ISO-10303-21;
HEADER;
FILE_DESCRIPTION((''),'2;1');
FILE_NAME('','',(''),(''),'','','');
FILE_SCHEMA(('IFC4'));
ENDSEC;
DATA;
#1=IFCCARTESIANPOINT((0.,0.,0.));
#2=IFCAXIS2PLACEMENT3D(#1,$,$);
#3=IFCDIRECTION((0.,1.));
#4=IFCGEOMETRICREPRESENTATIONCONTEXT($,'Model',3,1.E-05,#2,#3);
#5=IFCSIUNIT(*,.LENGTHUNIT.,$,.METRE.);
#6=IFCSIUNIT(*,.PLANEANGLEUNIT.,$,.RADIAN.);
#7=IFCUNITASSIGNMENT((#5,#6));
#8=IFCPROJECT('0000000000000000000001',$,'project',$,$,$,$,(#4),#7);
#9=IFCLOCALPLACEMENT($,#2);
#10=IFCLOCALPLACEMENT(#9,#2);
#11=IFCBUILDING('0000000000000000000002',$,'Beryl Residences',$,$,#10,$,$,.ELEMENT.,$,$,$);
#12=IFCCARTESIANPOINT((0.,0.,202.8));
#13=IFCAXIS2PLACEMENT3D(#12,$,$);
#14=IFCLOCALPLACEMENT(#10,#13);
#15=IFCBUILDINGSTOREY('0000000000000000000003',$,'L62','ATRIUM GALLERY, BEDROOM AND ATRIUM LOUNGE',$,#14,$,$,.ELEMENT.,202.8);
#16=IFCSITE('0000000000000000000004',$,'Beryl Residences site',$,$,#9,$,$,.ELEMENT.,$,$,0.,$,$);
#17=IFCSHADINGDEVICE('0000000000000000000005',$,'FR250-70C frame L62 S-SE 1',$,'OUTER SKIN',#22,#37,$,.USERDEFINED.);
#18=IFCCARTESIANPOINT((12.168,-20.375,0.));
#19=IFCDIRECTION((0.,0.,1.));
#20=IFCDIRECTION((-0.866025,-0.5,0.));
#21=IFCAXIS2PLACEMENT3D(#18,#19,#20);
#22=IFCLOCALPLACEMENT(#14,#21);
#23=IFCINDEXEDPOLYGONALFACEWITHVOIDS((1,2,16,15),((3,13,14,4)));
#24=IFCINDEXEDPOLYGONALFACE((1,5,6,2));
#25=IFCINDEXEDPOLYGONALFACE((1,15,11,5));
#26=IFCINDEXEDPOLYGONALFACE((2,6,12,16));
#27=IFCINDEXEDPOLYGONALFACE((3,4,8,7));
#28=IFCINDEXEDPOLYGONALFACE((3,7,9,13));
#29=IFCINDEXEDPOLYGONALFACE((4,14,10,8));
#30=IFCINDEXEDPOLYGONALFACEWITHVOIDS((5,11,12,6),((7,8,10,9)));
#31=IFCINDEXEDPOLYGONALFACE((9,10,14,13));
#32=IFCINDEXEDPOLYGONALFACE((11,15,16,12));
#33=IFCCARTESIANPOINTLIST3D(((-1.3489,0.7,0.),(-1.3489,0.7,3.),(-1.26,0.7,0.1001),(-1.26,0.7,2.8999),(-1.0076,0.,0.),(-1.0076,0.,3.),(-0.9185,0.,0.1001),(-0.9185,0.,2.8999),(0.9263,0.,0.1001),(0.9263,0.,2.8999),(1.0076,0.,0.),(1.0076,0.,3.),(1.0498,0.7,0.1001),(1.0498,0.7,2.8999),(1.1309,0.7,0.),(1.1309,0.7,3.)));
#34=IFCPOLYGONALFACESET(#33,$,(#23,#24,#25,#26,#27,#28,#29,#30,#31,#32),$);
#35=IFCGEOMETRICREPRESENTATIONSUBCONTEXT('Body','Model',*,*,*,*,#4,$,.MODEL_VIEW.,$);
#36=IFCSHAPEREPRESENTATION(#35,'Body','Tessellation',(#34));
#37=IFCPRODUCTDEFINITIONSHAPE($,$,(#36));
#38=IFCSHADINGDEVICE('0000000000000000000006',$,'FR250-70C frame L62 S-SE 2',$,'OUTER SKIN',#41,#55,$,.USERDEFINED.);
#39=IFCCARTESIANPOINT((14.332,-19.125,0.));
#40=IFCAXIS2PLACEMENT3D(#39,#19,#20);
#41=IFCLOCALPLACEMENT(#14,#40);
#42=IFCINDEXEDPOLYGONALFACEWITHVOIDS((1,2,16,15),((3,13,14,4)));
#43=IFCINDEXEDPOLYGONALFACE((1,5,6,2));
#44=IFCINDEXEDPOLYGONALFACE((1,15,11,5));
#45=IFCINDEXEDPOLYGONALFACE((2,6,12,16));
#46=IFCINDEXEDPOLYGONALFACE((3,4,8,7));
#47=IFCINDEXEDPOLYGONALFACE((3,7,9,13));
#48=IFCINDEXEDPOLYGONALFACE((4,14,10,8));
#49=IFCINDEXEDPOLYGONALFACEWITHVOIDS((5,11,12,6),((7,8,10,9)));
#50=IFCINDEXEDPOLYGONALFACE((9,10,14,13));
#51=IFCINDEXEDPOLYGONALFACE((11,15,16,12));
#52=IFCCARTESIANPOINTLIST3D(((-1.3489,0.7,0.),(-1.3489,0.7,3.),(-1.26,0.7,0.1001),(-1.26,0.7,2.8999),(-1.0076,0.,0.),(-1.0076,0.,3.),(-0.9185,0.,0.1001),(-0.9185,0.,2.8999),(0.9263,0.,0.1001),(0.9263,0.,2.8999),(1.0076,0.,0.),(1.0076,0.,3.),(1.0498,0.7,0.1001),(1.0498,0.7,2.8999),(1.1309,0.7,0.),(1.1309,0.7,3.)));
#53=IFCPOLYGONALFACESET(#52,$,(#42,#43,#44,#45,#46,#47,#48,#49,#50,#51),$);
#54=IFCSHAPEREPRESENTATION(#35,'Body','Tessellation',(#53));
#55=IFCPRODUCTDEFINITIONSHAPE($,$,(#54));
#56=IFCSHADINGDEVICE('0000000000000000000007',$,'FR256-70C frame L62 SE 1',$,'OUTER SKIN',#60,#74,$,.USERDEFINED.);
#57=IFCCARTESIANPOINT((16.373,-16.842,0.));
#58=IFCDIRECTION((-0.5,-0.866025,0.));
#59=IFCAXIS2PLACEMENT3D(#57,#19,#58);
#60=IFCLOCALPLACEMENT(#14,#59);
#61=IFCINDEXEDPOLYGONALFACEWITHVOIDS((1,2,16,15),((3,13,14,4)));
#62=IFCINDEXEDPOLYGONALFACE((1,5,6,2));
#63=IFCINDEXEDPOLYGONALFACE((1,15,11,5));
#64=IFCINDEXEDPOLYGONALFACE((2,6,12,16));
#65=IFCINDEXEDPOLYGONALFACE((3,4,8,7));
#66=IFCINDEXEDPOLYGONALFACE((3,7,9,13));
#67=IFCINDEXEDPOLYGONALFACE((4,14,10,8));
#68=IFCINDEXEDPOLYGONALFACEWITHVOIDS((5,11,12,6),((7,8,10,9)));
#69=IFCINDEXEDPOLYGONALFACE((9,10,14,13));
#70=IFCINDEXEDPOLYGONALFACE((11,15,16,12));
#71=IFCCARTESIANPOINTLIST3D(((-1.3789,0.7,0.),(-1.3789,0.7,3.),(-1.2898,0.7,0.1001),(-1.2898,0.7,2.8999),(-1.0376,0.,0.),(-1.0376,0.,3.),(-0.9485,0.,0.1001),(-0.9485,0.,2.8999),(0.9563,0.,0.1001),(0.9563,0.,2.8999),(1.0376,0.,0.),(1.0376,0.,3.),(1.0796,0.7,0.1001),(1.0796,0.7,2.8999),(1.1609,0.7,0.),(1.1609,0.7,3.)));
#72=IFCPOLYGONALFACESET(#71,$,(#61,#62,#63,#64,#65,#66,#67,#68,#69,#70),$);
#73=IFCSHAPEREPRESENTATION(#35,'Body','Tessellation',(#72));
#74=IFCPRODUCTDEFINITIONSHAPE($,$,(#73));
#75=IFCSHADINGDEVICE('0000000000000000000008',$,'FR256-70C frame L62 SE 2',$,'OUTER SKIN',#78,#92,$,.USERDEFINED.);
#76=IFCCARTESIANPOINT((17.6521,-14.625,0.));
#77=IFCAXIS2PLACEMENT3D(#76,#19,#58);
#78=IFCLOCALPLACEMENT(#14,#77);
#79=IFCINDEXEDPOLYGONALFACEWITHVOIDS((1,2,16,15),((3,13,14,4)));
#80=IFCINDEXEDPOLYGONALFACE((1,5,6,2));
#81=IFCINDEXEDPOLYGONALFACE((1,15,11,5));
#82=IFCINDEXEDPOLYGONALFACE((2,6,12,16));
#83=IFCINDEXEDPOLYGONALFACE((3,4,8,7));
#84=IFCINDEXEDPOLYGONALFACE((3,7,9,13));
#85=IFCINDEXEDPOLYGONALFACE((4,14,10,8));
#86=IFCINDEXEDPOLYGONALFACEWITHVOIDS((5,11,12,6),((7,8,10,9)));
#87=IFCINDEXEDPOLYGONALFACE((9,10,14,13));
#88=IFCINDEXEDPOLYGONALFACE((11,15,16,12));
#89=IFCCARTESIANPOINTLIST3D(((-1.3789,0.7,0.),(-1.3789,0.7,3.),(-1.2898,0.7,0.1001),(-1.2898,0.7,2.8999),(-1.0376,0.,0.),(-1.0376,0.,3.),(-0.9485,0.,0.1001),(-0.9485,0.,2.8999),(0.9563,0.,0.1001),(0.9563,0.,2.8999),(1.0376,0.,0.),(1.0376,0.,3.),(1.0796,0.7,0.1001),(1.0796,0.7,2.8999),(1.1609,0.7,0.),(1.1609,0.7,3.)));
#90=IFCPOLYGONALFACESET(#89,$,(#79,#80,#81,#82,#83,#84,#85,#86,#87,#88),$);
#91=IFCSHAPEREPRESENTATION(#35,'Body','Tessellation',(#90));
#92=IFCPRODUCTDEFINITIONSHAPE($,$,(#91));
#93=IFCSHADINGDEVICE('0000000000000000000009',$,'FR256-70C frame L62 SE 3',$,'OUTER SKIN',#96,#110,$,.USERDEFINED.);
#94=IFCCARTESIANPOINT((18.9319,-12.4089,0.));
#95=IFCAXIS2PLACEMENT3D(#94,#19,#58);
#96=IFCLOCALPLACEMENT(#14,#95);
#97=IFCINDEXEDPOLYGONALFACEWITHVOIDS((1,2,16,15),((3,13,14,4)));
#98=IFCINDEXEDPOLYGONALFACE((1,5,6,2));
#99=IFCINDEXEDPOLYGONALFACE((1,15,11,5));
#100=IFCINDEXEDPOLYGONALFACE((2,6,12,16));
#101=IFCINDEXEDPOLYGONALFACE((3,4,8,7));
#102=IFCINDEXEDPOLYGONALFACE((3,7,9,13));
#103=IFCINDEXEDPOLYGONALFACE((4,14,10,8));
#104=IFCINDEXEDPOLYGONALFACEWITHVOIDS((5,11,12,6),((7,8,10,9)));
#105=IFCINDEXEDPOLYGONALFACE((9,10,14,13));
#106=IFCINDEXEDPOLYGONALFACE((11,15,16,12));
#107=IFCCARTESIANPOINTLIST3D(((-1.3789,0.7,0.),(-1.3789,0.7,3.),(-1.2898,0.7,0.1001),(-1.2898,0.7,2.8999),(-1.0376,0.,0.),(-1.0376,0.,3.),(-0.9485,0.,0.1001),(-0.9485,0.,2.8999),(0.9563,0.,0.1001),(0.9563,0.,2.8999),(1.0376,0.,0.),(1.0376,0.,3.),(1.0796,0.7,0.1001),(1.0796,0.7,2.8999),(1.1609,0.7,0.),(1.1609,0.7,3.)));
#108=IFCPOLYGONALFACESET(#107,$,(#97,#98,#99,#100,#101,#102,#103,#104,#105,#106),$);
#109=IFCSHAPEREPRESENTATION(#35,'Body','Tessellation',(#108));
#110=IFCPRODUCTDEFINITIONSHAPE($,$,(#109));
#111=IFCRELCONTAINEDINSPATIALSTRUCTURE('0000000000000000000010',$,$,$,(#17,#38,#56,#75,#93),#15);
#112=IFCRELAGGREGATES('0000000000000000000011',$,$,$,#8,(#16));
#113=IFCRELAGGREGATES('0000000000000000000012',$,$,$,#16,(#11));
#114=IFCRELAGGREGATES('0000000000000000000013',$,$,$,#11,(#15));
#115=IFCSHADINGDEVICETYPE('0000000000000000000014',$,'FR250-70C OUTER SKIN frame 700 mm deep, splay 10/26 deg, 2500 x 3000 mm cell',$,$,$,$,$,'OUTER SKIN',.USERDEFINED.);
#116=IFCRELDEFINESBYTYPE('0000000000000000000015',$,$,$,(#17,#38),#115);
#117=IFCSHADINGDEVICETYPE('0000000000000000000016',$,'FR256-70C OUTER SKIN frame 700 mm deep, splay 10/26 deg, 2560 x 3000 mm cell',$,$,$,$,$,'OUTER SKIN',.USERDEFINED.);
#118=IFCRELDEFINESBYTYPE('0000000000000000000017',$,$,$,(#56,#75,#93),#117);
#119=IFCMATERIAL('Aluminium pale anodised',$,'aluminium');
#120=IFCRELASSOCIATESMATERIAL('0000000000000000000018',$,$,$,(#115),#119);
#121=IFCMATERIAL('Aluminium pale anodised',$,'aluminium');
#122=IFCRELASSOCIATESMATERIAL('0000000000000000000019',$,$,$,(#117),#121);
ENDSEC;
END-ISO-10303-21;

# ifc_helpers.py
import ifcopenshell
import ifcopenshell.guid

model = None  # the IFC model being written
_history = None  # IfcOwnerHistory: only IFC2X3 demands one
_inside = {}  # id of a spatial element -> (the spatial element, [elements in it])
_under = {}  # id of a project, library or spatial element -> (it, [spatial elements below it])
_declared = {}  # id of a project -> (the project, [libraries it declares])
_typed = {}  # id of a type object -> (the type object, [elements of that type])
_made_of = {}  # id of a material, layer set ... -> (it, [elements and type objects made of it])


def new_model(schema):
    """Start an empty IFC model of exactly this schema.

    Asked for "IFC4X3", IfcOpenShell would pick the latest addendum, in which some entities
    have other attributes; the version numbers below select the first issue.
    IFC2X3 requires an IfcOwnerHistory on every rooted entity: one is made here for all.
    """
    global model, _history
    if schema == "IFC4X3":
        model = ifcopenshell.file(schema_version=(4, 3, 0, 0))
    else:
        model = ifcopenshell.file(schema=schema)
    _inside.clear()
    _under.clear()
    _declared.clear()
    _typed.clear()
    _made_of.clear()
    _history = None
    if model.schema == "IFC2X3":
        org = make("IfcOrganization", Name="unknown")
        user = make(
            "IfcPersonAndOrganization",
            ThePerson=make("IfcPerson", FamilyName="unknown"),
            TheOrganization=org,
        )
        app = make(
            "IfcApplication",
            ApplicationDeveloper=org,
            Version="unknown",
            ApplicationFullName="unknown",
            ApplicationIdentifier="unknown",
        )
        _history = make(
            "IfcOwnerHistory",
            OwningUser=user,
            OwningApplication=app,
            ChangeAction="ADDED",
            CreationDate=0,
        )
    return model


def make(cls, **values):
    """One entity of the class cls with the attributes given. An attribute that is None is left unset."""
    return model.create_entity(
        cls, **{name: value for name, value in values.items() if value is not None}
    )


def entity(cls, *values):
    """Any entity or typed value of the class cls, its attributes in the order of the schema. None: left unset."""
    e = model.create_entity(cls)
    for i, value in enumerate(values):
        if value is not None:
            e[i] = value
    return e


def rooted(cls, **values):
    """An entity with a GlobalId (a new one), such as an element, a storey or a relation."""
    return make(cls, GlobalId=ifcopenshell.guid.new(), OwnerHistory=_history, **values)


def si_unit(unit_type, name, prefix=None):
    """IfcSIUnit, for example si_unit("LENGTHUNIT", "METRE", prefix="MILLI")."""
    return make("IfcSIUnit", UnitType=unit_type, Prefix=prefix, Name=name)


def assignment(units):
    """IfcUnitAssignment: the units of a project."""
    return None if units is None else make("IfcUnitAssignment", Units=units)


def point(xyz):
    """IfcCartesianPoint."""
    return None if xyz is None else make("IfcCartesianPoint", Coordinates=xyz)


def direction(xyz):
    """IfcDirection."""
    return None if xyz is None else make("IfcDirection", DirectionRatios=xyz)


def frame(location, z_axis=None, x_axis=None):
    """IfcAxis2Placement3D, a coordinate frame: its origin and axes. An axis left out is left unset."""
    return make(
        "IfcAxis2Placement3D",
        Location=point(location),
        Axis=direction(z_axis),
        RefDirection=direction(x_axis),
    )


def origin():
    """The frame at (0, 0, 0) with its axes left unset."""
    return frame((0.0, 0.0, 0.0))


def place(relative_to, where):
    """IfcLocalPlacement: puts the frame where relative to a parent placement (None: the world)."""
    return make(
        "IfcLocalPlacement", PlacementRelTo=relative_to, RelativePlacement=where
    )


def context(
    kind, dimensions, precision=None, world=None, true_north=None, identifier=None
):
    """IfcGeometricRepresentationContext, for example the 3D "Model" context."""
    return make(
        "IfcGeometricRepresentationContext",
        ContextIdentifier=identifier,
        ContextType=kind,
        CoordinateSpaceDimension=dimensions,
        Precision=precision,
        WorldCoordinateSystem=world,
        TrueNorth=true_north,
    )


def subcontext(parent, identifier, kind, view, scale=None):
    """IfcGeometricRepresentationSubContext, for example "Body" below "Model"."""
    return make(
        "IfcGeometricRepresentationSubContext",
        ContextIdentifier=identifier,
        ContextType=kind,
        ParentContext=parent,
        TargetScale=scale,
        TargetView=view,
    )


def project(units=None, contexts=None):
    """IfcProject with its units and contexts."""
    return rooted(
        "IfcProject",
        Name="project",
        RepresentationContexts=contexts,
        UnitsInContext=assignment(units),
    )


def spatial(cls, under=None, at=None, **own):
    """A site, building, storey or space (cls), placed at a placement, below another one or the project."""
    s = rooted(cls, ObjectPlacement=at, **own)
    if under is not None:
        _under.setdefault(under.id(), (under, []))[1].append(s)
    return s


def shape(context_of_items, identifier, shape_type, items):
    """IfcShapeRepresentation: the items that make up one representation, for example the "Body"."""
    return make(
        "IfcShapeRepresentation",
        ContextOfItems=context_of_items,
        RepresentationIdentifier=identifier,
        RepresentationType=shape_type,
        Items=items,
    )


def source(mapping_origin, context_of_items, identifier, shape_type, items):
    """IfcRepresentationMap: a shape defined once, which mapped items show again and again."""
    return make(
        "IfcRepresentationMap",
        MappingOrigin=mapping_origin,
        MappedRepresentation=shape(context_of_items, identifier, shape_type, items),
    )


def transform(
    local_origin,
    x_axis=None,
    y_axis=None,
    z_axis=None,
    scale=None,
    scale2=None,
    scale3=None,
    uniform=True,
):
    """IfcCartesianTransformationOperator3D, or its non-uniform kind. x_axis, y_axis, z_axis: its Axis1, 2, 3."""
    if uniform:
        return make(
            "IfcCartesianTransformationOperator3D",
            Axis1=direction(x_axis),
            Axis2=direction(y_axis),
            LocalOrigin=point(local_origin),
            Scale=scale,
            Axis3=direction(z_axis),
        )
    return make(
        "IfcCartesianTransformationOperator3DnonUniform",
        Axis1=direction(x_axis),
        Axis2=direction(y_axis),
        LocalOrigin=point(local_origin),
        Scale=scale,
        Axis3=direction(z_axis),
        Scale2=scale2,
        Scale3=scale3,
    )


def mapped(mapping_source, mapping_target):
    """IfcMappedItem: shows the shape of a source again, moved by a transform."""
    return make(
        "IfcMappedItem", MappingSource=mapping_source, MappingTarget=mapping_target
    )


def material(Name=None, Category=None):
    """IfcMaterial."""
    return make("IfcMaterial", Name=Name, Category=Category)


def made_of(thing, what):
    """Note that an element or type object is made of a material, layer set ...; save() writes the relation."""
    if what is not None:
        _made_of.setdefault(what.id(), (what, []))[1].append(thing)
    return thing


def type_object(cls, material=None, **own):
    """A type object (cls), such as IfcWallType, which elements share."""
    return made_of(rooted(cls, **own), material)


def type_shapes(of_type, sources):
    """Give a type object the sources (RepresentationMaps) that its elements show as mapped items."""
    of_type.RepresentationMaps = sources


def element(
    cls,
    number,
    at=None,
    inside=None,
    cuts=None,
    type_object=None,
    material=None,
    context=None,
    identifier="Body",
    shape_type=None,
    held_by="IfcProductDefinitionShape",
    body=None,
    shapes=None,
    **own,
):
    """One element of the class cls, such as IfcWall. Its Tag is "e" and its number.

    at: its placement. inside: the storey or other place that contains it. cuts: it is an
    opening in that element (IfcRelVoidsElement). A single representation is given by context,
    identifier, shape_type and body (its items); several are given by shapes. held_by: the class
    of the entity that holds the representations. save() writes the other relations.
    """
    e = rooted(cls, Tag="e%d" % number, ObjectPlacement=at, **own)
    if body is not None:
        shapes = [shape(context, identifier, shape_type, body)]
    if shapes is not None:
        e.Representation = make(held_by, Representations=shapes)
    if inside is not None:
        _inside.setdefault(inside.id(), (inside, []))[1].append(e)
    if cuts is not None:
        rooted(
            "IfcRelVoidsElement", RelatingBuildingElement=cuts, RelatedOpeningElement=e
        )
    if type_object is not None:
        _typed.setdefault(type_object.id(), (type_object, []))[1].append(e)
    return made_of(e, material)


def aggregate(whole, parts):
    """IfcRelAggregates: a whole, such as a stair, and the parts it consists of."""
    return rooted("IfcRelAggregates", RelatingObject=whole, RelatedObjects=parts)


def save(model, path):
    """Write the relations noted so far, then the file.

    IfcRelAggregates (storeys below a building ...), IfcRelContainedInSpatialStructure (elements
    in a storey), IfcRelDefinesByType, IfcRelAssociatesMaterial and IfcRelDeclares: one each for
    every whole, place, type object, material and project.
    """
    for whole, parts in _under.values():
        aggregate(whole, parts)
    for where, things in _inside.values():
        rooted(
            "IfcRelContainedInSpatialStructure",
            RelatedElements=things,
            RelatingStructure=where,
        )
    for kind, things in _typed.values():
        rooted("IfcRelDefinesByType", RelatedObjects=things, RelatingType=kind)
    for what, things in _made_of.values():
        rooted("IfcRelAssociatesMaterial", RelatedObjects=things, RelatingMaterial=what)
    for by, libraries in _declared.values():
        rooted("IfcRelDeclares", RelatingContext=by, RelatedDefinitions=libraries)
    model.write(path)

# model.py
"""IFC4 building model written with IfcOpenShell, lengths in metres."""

from ifc_helpers import new_model, entity, si_unit, direction, frame, origin, place, context, subcontext, project, spatial, source, transform, mapped, material, type_object, type_shapes, element, save


model = new_model("IFC4")

# Units and contexts
model_context = context("Model", 3, precision=1e-05, world=origin(), true_north=direction((0.0, 1.0)))
body_context = subcontext(model_context, "Body", "Model", "MODEL_VIEW")
ifc_project = project(units=[si_unit("LENGTHUNIT", "METRE"), si_unit("PLANEANGLEUNIT", "RADIAN")], contexts=[model_context])

# Site, building, storey
site_placement = place(None, origin())
site = spatial("IfcSite", under=ifc_project, at=site_placement, Name="Beryl Residences site", CompositionType="ELEMENT", RefElevation=0.0)
building_placement = place(site_placement, origin())
building = spatial("IfcBuilding", under=site, at=building_placement, Name="Beryl Residences", CompositionType="ELEMENT")
storey_placement = place(building_placement, frame((0.0, 0.0, 202.8)))
storey = spatial("IfcBuildingStorey", under=building, at=storey_placement, Name="L62", Description="ATRIUM GALLERY, BEDROOM AND ATRIUM LOUNGE", CompositionType="ELEMENT", Elevation=202.8)

# Shading devices
ifc_material_1 = material(Name="Aluminium pale anodised", Category="aluminium")
shading_device_type_1 = type_object("IfcShadingDeviceType", Name="FR250-70C OUTER SKIN frame 700 mm deep, splay 10/26 deg, 2500 x 3000 mm cell", ElementType="OUTER SKIN", PredefinedType="USERDEFINED", material=ifc_material_1)
cartesian_point_1 = entity("IfcCartesianPoint", [-1.0076, 0.0])
cartesian_point_2 = entity("IfcCartesianPoint", [-0.9263, 0.1001])
cartesian_point_3 = entity("IfcCartesianPoint", [-1.1309, 0.0])
cartesian_point_4 = entity("IfcCartesianPoint", [-1.0498, 0.1001])
shared_shape_1 = source(origin(), body_context, "Body", "SweptSolid", [
    entity("IfcExtrudedAreaSolidTapered", entity("IfcArbitraryProfileDefWithVoids", "AREA", None, entity("IfcPolyline", [cartesian_point_1, entity("IfcCartesianPoint", [1.0076, 0.0]), entity("IfcCartesianPoint", [1.0076, 3.0]), entity("IfcCartesianPoint", [-1.0076, 3.0]), cartesian_point_1]), [entity("IfcPolyline", [cartesian_point_2, entity("IfcCartesianPoint", [0.9185, 0.1001]), entity("IfcCartesianPoint", [0.9185, 2.8999]), entity("IfcCartesianPoint", [-0.9263, 2.8999]), cartesian_point_2])]), entity("IfcAxis2Placement3D", entity("IfcCartesianPoint", [0.0, 0.0, 0.0]), entity("IfcDirection", [0.0, 1.0, 0.0]), entity("IfcDirection", [-1.0, 0.0, 0.0])), entity("IfcDirection", [0.0, 0.0, 1.0]), 0.7, entity("IfcArbitraryProfileDefWithVoids", "AREA", None, entity("IfcPolyline", [cartesian_point_3, entity("IfcCartesianPoint", [1.3489, 0.0]), entity("IfcCartesianPoint", [1.3489, 3.0]), entity("IfcCartesianPoint", [-1.1309, 3.0]), cartesian_point_3]), [entity("IfcPolyline", [cartesian_point_4, entity("IfcCartesianPoint", [1.26, 0.1001]), entity("IfcCartesianPoint", [1.26, 2.8999]), entity("IfcCartesianPoint", [-1.0498, 2.8999]), cartesian_point_4])])),
])
type_shapes(shading_device_type_1, [shared_shape_1])
for number, where, z_axis, x_axis, name in (
    (1, (12.168, -20.375, 0.0), (0.0, 0.0, 1.0), (-0.866025, -0.5, 0.0), "FR250-70C frame L62 S-SE 1"),
    (2, (14.332, -19.125, 0.0), (0.0, 0.0, 1.0), (-0.866025, -0.5, 0.0), "FR250-70C frame L62 S-SE 2"),
):
    element("IfcShadingDevice", number, at=place(storey_placement, frame(where, z_axis=z_axis, x_axis=x_axis)), inside=storey, type_object=shading_device_type_1, Name=name, ObjectType="OUTER SKIN", PredefinedType="USERDEFINED", context=body_context, shape_type="MappedRepresentation", body=[
        mapped(shared_shape_1, transform((0.0, 0.0, 0.0))),
    ])
ifc_material_2 = material(Name="Aluminium pale anodised", Category="aluminium")
shading_device_type_2 = type_object("IfcShadingDeviceType", Name="FR256-70C OUTER SKIN frame 700 mm deep, splay 10/26 deg, 2560 x 3000 mm cell", ElementType="OUTER SKIN", PredefinedType="USERDEFINED", material=ifc_material_2)
cartesian_point_5 = entity("IfcCartesianPoint", [-1.0376, 0.0])
cartesian_point_6 = entity("IfcCartesianPoint", [-0.9563, 0.1001])
cartesian_point_7 = entity("IfcCartesianPoint", [-1.1609, 0.0])
cartesian_point_8 = entity("IfcCartesianPoint", [-1.0796, 0.1001])
shared_shape_2 = source(origin(), body_context, "Body", "SweptSolid", [
    entity("IfcExtrudedAreaSolidTapered", entity("IfcArbitraryProfileDefWithVoids", "AREA", None, entity("IfcPolyline", [cartesian_point_5, entity("IfcCartesianPoint", [1.0376, 0.0]), entity("IfcCartesianPoint", [1.0376, 3.0]), entity("IfcCartesianPoint", [-1.0376, 3.0]), cartesian_point_5]), [entity("IfcPolyline", [cartesian_point_6, entity("IfcCartesianPoint", [0.9485, 0.1001]), entity("IfcCartesianPoint", [0.9485, 2.8999]), entity("IfcCartesianPoint", [-0.9563, 2.8999]), cartesian_point_6])]), entity("IfcAxis2Placement3D", entity("IfcCartesianPoint", [0.0, 0.0, 0.0]), entity("IfcDirection", [0.0, 1.0, 0.0]), entity("IfcDirection", [-1.0, 0.0, 0.0])), entity("IfcDirection", [0.0, 0.0, 1.0]), 0.7, entity("IfcArbitraryProfileDefWithVoids", "AREA", None, entity("IfcPolyline", [cartesian_point_7, entity("IfcCartesianPoint", [1.3789, 0.0]), entity("IfcCartesianPoint", [1.3789, 3.0]), entity("IfcCartesianPoint", [-1.1609, 3.0]), cartesian_point_7]), [entity("IfcPolyline", [cartesian_point_8, entity("IfcCartesianPoint", [1.2898, 0.1001]), entity("IfcCartesianPoint", [1.2898, 2.8999]), entity("IfcCartesianPoint", [-1.0796, 2.8999]), cartesian_point_8])])),
])
type_shapes(shading_device_type_2, [shared_shape_2])
for number, where, z_axis, x_axis, name in (
    (3, (16.373, -16.842, 0.0), (0.0, 0.0, 1.0), (-0.5, -0.866025, 0.0), "FR256-70C frame L62 SE 1"),
    (4, (17.6521, -14.625, 0.0), (0.0, 0.0, 1.0), (-0.5, -0.866025, 0.0), "FR256-70C frame L62 SE 2"),
    (5, (18.9319, -12.4089, 0.0), (0.0, 0.0, 1.0), (-0.5, -0.866025, 0.0), "FR256-70C frame L62 SE 3"),
):
    element("IfcShadingDevice", number, at=place(storey_placement, frame(where, z_axis=z_axis, x_axis=x_axis)), inside=storey, type_object=shading_device_type_2, Name=name, ObjectType="OUTER SKIN", PredefinedType="USERDEFINED", context=body_context, shape_type="MappedRepresentation", body=[
        mapped(shared_shape_2, transform((0.0, 0.0, 0.0))),
    ])

save(model, "model.ifc")
